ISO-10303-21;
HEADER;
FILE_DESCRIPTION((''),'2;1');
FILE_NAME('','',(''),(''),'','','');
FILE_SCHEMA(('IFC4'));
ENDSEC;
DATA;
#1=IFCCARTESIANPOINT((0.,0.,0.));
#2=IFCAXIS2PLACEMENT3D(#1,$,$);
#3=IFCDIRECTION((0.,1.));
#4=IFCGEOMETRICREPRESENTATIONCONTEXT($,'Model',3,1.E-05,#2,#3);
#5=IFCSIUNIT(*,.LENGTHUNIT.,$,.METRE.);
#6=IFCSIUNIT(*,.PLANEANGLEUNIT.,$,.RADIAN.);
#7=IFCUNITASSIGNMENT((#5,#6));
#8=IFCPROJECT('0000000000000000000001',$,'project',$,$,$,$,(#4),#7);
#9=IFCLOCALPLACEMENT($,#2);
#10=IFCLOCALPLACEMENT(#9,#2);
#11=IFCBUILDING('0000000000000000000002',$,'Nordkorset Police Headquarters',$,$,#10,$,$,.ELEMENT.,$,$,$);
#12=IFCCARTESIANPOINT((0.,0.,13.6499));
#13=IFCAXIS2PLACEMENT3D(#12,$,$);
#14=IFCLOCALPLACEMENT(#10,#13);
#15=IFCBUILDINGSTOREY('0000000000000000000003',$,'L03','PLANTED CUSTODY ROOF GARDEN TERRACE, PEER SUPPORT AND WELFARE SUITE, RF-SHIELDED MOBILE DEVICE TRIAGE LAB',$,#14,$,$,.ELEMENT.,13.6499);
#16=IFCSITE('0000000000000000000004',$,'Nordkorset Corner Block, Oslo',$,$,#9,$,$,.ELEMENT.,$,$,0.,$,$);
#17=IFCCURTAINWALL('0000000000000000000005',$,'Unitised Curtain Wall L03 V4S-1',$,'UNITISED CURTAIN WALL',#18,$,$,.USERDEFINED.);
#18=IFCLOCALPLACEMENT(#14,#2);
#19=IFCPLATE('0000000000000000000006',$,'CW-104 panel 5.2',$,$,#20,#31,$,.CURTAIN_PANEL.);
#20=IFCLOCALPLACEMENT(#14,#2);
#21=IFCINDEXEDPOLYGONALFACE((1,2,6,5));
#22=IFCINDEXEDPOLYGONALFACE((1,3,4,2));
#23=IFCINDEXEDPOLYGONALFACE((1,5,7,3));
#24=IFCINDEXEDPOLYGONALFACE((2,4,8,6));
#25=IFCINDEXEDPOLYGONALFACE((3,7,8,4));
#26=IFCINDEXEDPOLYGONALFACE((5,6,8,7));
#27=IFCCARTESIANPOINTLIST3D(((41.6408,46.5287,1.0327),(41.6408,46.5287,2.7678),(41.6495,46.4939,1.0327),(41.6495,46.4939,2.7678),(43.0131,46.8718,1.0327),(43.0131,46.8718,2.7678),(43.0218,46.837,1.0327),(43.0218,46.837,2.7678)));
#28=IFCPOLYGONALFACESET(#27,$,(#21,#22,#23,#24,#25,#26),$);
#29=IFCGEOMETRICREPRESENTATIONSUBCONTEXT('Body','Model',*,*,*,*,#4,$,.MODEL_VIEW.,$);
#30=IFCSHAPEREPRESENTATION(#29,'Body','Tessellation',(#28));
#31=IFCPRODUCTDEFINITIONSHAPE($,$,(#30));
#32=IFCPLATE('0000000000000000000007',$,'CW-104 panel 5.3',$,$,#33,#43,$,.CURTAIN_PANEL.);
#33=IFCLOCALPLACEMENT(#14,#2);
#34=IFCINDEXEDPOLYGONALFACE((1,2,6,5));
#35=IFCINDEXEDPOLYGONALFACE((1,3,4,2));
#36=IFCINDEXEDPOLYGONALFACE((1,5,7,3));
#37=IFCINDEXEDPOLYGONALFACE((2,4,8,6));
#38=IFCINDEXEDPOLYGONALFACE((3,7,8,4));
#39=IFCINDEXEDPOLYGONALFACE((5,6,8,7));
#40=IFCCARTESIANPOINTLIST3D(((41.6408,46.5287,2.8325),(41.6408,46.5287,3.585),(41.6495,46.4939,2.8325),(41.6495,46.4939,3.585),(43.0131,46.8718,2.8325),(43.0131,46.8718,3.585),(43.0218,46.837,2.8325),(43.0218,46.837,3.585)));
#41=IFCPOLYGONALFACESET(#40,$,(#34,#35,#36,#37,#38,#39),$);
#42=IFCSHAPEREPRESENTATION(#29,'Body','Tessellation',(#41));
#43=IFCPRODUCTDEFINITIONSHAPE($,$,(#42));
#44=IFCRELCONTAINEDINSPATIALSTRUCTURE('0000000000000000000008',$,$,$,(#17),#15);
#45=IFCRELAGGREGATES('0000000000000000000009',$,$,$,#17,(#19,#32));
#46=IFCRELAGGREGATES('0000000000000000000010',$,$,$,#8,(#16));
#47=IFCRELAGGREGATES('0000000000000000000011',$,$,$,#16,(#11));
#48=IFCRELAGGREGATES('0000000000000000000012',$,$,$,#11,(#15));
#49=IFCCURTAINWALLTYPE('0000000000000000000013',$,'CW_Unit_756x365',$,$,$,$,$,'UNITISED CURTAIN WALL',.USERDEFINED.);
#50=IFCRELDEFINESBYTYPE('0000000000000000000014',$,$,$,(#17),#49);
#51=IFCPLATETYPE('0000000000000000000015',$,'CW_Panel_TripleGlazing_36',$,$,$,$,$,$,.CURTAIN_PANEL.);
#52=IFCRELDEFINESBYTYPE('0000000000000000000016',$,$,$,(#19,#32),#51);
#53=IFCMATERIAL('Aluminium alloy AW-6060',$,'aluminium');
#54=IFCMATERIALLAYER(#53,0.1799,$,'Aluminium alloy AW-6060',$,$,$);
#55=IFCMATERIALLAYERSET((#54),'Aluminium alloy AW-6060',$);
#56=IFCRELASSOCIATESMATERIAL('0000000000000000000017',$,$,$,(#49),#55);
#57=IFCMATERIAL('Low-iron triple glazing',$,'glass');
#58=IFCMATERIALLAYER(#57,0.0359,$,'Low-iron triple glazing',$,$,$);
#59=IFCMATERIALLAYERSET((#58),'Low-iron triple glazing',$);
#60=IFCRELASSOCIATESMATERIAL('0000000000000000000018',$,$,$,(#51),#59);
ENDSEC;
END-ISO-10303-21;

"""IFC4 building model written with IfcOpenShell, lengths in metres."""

from ifc_helpers import new_model, si_unit, direction, frame, origin, origin_2d, place, context, subcontext, project, spatial, rectangle, extrude, material, layer, layer_set, type_object, element, aggregate, save


model = new_model("IFC4")

# Units and contexts
model_context = context("Model", 3, precision=1e-05, world=origin(), true_north=direction((0.0, 1.0)))
body_context = subcontext(model_context, "Body", "Model", "MODEL_VIEW")
ifc_project = project(units=[si_unit("LENGTHUNIT", "METRE"), si_unit("PLANEANGLEUNIT", "RADIAN")], contexts=[model_context])

# Site, building, storey
site_placement = place(None, origin())
site = spatial("IfcSite", under=ifc_project, at=site_placement, Name="Nordkorset Corner Block, Oslo", CompositionType="ELEMENT", RefElevation=0.0)
building_placement = place(site_placement, origin())
building = spatial("IfcBuilding", under=site, at=building_placement, Name="Nordkorset Police Headquarters", CompositionType="ELEMENT")
storey_placement = place(building_placement, frame((0.0, 0.0, 13.6499)))
storey = spatial("IfcBuildingStorey", under=building, at=storey_placement, Name="L03", Description="PLANTED CUSTODY ROOF GARDEN TERRACE, PEER SUPPORT AND WELFARE SUITE, RF-SHIELDED MOBILE DEVICE TRIAGE LAB", CompositionType="ELEMENT", Elevation=13.6499)

# Curtain wall
ifc_material_1 = material(Name="Aluminium alloy AW-6060", Category="aluminium")
ifc_layer_1 = layer(ifc_material_1, 0.1799, Name="Aluminium alloy AW-6060")
ifc_layer_set_1 = layer_set([ifc_layer_1], Name="Aluminium alloy AW-6060")
curtain_wall_type_1 = type_object("IfcCurtainWallType", Name="CW_Unit_756x365", ElementType="UNITISED CURTAIN WALL", PredefinedType="USERDEFINED", material=ifc_layer_set_1)
curtain_wall_1_placement = place(storey_placement, origin())
curtain_wall_1 = element("IfcCurtainWall", 1, at=curtain_wall_1_placement, inside=storey, type_object=curtain_wall_type_1, Name="Unitised Curtain Wall L03 V4S-1", ObjectType="UNITISED CURTAIN WALL", PredefinedType="USERDEFINED")

# Plates
ifc_material_2 = material(Name="Low-iron triple glazing", Category="glass")
ifc_layer_2 = layer(ifc_material_2, 0.0359, Name="Low-iron triple glazing")
ifc_layer_set_2 = layer_set([ifc_layer_2], Name="Low-iron triple glazing")
plate_type = type_object("IfcPlateType", Name="CW_Panel_TripleGlazing_36", PredefinedType="CURTAIN_PANEL", material=ifc_layer_set_2)
plate_1_placement = place(storey_placement, frame((42.3313, 46.6829, 1.0327), z_axis=(0.0, 0.0, 1.0), x_axis=(0.970143, 0.242536, 0.0)))
plate_1 = element("IfcPlate", 2, at=plate_1_placement, type_object=plate_type, Name="CW-104 panel 5.2", PredefinedType="CURTAIN_PANEL", context=body_context, shape_type="SweptSolid", body=[
    extrude(rectangle(XDim=1.4146, YDim=0.0359, at=origin_2d()), origin(), (0.0, 0.0, 1.0), 1.7351),
])
plate_2_placement = place(storey_placement, frame((42.3313, 46.6829, 2.8325), z_axis=(0.0, 0.0, 1.0), x_axis=(0.970143, 0.242536, 0.0)))
plate_2 = element("IfcPlate", 3, at=plate_2_placement, type_object=plate_type, Name="CW-104 panel 5.3", PredefinedType="CURTAIN_PANEL", context=body_context, shape_type="SweptSolid", body=[
    extrude(rectangle(XDim=1.4146, YDim=0.0359, at=origin_2d()), origin(), (0.0, 0.0, 1.0), 0.7524),
])
aggregate(curtain_wall_1, [plate_1, plate_2])

save(model, "model.ifc")
